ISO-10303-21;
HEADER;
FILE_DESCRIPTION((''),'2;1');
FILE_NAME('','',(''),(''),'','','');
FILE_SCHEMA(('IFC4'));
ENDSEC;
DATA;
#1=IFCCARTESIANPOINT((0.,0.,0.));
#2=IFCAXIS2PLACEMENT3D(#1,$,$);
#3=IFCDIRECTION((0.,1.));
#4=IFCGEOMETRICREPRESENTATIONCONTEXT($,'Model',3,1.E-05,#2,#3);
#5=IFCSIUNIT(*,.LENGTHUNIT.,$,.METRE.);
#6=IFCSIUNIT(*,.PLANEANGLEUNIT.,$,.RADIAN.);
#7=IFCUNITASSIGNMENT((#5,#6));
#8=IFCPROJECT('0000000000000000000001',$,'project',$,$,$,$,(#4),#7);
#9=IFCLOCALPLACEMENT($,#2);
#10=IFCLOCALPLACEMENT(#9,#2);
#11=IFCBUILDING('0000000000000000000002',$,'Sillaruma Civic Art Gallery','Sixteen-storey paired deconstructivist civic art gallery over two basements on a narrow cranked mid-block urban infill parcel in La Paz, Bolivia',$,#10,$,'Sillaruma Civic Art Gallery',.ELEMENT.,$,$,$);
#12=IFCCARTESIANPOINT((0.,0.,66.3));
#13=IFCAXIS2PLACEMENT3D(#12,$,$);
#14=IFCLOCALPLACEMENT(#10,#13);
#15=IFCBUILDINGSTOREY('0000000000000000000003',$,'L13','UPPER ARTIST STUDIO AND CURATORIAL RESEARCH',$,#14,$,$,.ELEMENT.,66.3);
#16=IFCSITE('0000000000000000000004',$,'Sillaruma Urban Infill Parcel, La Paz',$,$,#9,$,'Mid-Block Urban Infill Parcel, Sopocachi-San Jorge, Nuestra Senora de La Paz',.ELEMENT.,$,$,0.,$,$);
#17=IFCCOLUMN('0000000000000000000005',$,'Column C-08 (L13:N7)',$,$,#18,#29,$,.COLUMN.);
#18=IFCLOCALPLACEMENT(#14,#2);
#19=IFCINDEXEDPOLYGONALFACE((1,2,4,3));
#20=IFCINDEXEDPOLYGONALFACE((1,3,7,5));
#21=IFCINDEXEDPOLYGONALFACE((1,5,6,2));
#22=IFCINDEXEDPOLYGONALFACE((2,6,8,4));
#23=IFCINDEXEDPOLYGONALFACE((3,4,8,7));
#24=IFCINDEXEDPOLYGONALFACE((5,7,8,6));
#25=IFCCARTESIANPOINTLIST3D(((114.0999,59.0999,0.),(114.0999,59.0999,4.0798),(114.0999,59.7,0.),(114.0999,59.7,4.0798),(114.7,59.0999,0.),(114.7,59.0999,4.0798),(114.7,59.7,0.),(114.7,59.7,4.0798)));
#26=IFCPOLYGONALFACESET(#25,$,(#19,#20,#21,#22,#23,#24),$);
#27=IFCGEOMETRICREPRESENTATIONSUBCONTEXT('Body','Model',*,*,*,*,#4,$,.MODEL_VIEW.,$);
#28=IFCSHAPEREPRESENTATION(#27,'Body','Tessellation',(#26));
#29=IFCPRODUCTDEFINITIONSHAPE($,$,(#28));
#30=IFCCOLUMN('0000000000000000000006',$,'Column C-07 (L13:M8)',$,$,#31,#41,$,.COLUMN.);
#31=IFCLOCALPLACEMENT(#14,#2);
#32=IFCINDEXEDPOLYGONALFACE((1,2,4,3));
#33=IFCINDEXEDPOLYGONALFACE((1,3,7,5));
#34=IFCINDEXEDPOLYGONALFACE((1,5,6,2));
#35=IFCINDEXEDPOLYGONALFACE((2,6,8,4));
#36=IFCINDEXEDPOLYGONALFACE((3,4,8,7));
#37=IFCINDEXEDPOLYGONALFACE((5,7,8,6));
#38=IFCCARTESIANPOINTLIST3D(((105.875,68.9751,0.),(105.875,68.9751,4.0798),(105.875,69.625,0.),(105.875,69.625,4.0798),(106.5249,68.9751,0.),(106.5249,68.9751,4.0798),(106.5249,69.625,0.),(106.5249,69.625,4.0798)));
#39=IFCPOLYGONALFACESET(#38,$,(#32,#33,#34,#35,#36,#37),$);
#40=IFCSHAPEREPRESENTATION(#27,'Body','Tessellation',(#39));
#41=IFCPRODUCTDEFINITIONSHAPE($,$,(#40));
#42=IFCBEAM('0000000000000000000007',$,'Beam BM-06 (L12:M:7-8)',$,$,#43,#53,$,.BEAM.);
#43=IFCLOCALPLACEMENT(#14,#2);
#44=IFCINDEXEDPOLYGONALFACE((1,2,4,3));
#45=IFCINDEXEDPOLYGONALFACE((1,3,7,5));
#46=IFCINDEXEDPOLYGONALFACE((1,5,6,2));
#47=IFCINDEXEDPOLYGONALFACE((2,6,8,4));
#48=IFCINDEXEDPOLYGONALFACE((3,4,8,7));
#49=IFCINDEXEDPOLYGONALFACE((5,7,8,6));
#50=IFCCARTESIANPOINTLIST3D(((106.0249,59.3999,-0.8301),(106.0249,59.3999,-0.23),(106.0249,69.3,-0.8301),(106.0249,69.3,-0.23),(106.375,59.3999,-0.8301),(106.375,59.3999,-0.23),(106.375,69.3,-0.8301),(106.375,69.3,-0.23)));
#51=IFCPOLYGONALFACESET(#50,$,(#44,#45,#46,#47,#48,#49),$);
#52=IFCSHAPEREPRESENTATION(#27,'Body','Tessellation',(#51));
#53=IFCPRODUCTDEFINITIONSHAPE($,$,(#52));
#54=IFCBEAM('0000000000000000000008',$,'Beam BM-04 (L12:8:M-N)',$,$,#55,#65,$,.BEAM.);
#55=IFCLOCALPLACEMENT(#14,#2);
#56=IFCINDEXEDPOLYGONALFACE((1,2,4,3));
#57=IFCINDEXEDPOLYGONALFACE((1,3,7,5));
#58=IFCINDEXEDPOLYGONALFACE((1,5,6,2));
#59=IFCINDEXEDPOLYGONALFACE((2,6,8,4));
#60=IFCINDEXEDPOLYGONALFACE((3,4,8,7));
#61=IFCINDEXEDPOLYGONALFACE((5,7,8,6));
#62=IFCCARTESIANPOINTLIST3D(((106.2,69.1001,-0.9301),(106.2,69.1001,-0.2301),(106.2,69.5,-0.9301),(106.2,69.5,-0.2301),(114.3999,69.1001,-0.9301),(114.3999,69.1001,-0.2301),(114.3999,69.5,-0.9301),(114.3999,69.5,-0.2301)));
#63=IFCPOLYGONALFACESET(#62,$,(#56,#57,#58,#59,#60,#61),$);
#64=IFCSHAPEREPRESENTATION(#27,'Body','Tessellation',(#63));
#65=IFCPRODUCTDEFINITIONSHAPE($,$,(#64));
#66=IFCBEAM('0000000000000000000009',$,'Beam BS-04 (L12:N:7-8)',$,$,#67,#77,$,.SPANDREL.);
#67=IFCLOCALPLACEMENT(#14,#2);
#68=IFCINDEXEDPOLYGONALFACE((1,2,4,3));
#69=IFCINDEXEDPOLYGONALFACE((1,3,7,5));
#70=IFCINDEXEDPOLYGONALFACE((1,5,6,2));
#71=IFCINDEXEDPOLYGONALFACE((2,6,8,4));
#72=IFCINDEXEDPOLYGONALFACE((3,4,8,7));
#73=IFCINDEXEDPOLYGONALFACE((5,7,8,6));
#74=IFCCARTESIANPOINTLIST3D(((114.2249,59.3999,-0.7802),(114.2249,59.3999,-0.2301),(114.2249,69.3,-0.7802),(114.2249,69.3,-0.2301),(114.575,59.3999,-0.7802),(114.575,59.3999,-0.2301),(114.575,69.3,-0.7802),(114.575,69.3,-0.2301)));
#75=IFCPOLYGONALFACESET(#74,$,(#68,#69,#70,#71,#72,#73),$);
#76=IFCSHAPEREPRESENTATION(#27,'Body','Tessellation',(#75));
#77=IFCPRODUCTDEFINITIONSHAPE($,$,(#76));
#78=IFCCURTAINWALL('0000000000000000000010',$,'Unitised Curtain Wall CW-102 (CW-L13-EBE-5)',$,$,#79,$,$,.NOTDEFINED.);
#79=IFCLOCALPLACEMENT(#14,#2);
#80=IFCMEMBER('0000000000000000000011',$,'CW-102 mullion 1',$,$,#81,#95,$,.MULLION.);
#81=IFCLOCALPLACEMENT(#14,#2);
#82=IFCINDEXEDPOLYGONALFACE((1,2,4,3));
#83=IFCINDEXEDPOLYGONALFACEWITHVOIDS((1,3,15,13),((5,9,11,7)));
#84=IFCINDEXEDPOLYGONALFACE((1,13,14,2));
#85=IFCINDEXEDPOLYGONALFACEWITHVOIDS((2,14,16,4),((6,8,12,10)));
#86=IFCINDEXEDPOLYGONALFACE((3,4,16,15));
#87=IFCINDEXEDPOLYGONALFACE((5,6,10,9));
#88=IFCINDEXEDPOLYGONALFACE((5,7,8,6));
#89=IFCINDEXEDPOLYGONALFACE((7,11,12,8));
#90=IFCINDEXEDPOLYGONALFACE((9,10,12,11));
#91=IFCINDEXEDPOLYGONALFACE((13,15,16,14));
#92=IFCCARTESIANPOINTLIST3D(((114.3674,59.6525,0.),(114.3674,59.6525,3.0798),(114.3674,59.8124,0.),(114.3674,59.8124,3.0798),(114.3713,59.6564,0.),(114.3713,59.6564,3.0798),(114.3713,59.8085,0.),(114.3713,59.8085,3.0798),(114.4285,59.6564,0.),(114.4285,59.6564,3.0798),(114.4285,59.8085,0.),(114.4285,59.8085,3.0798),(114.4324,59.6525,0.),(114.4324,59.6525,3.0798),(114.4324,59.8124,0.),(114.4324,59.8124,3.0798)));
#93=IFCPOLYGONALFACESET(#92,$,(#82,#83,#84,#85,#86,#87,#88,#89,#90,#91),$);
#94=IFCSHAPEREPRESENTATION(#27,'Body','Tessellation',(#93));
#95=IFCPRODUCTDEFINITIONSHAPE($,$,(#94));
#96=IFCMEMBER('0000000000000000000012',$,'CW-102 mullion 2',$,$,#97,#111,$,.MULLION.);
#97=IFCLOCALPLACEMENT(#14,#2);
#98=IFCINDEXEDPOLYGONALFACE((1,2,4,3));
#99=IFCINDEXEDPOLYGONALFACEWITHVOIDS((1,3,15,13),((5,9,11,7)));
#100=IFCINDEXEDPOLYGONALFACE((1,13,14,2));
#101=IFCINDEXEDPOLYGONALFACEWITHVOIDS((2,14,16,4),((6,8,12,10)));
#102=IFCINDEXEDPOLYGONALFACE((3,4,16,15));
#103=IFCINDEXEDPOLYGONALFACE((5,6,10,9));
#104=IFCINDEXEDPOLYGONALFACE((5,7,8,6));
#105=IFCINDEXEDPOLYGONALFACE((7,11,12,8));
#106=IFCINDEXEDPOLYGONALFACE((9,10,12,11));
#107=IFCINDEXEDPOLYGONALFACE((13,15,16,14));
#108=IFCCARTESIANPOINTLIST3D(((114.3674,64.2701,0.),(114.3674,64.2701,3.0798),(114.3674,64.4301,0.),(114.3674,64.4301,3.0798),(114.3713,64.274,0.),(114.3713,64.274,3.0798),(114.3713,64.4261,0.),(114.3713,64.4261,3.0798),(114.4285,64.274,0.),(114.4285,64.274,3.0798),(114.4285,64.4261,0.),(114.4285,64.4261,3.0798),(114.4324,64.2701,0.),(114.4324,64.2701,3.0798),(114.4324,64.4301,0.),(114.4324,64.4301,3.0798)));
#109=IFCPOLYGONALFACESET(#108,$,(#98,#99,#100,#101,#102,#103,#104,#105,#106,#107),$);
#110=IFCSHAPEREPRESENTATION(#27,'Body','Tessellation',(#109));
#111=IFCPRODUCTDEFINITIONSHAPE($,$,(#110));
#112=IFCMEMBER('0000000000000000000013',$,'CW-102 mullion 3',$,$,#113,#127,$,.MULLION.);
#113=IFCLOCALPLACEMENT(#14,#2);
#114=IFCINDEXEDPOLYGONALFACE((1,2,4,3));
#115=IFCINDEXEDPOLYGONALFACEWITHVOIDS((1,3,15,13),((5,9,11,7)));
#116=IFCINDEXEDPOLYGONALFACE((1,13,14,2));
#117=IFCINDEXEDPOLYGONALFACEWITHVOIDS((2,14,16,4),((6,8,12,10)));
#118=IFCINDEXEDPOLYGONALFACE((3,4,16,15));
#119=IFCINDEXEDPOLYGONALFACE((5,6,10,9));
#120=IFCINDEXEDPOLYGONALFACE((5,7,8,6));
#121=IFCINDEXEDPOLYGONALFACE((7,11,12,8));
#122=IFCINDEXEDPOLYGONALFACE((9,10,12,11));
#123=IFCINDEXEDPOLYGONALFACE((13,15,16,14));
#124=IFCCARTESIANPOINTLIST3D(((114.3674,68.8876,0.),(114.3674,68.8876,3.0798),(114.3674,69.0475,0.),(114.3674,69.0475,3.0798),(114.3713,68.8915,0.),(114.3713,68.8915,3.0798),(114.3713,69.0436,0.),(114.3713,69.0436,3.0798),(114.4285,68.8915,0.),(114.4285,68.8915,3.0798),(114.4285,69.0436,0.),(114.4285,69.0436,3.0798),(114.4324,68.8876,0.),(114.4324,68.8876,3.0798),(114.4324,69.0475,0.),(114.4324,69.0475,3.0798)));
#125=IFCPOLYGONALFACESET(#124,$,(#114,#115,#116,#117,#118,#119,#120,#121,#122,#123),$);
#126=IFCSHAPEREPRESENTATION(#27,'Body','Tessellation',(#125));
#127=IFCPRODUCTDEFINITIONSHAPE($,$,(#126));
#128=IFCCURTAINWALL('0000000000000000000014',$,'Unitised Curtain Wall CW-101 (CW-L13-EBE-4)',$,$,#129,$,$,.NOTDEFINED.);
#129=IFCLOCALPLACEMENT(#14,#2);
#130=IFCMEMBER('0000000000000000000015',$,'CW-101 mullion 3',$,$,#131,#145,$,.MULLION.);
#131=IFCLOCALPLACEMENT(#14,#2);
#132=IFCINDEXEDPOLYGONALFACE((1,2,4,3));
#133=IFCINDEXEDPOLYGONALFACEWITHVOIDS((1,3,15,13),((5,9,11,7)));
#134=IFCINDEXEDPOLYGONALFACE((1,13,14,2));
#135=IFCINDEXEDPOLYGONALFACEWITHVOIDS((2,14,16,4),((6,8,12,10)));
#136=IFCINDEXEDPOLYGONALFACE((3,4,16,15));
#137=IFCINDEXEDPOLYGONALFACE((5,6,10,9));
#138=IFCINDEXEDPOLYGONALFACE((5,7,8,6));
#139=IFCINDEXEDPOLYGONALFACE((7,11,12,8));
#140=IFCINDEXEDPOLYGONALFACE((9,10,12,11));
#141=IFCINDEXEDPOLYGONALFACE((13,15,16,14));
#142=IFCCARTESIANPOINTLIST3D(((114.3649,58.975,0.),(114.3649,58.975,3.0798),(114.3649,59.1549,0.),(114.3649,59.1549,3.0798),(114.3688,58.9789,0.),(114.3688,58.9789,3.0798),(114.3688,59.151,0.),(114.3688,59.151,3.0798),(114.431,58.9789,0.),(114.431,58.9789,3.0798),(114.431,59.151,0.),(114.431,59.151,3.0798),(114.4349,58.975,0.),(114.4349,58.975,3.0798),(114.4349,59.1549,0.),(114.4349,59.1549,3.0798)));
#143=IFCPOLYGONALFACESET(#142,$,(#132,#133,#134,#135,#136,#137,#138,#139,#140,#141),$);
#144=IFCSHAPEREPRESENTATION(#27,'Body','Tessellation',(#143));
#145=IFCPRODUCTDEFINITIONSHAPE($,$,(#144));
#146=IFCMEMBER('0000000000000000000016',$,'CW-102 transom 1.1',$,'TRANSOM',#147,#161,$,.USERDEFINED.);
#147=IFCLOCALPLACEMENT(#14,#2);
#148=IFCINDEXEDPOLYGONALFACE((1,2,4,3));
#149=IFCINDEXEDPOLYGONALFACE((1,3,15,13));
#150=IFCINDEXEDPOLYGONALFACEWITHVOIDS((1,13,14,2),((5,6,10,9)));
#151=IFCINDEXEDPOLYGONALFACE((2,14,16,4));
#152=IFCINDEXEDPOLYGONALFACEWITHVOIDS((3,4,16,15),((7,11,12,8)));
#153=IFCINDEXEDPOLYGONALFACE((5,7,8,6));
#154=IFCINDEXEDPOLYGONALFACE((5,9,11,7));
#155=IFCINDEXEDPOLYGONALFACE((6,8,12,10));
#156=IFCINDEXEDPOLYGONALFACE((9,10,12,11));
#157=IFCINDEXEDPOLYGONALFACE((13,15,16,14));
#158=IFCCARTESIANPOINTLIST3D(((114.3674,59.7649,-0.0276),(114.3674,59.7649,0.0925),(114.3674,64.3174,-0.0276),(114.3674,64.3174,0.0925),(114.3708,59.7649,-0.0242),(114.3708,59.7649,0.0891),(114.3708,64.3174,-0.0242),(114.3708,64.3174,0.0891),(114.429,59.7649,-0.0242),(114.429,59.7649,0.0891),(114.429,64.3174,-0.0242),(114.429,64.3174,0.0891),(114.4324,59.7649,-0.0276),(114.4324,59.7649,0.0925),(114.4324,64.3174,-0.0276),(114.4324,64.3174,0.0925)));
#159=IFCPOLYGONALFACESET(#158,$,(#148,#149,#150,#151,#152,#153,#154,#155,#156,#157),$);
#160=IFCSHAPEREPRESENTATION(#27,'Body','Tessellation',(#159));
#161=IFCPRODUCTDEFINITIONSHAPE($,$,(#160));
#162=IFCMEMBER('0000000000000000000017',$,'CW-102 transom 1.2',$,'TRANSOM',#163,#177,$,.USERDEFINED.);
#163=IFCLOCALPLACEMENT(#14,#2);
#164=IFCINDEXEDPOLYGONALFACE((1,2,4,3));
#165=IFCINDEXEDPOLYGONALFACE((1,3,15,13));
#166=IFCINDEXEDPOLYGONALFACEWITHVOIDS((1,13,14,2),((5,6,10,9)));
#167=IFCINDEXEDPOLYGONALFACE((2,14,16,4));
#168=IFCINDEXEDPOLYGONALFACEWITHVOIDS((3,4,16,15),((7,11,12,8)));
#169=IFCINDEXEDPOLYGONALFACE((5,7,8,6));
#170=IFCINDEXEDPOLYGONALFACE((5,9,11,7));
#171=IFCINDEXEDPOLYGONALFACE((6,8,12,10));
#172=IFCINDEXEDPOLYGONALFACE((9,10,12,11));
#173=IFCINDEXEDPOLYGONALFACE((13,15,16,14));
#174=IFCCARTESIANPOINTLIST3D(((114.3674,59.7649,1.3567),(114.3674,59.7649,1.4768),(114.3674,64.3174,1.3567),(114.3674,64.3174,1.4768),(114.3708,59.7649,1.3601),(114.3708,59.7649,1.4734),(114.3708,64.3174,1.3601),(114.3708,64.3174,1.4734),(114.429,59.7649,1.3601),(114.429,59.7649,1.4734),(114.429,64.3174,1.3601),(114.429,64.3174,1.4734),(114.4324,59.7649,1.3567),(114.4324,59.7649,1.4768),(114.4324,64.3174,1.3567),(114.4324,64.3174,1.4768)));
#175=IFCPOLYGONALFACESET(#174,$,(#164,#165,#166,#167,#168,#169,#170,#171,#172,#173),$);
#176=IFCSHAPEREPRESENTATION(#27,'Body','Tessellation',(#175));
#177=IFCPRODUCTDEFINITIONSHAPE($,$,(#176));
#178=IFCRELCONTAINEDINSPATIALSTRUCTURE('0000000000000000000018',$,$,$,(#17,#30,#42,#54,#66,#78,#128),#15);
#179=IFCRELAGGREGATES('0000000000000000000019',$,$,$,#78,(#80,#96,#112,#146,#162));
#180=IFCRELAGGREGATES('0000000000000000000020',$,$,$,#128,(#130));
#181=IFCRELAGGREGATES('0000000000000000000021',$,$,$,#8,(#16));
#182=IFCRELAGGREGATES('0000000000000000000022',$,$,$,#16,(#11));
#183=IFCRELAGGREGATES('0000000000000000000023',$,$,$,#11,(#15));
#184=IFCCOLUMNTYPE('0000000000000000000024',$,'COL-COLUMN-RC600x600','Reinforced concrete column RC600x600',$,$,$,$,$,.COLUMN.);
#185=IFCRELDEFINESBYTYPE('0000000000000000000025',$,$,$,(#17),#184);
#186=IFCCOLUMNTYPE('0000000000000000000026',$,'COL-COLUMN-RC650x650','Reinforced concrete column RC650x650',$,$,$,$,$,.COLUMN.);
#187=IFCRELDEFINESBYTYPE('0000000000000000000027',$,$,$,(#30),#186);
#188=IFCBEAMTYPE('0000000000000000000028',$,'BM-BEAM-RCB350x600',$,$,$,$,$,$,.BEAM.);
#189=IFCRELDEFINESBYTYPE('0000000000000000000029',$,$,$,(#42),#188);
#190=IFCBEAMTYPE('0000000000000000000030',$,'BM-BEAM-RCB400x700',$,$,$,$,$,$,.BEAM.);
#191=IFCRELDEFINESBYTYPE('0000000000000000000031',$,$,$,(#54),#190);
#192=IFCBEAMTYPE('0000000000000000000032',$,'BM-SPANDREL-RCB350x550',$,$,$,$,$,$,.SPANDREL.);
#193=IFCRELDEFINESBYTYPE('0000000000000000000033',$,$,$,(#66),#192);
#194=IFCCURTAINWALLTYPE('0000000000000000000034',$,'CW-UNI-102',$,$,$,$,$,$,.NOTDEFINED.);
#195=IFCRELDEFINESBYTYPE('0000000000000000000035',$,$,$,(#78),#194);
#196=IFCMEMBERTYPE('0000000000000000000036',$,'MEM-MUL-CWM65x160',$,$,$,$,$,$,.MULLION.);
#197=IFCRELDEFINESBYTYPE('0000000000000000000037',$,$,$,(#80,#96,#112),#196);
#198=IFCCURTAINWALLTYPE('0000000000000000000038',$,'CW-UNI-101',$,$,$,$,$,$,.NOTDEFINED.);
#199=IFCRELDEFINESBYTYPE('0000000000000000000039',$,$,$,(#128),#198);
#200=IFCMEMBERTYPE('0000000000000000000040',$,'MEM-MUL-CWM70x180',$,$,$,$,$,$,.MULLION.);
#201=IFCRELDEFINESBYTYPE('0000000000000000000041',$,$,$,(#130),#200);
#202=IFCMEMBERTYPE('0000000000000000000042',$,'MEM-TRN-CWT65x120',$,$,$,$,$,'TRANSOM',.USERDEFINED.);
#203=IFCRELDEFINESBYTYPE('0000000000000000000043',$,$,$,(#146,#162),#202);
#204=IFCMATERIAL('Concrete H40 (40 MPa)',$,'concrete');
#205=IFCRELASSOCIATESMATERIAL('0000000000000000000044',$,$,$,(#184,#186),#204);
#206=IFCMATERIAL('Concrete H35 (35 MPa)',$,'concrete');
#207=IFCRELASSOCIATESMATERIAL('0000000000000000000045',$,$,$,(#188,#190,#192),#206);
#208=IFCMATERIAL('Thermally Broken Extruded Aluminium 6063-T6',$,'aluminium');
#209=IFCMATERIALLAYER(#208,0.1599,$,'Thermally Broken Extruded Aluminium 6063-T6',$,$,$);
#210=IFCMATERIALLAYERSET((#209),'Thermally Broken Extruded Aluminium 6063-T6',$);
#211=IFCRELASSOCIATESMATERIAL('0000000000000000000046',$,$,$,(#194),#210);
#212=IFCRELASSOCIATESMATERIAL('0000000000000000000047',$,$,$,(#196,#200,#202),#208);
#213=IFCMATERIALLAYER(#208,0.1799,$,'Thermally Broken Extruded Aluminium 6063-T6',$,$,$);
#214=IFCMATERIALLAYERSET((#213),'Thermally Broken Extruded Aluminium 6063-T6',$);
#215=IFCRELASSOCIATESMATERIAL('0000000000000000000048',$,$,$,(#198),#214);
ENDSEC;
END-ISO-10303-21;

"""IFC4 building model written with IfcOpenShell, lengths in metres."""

from ifc_helpers import new_model, si_unit, direction, frame, origin, origin_2d, place, context, subcontext, project, spatial, rectangle, hollow_rectangle, extrude, material, layer, layer_set, material_profile, profile_set, type_object, element, aggregate, save


model = new_model("IFC4")

# Units and contexts
model_context = context("Model", 3, precision=1e-05, world=origin(), true_north=direction((0.0, 1.0)))
body_context = subcontext(model_context, "Body", "Model", "MODEL_VIEW")
ifc_project = project(units=[si_unit("LENGTHUNIT", "METRE"), si_unit("PLANEANGLEUNIT", "RADIAN")], contexts=[model_context])

# Site, building, storey
site_placement = place(None, origin())
site = spatial("IfcSite", under=ifc_project, at=site_placement, Name="Sillaruma Urban Infill Parcel, La Paz", LongName="Mid-Block Urban Infill Parcel, Sopocachi-San Jorge, Nuestra Senora de La Paz", CompositionType="ELEMENT", RefElevation=0.0)
building_placement = place(site_placement, origin())
building = spatial("IfcBuilding", under=site, at=building_placement, Name="Sillaruma Civic Art Gallery", Description="Sixteen-storey paired deconstructivist civic art gallery over two basements on a narrow cranked mid-block urban infill parcel in La Paz, Bolivia", LongName="Sillaruma Civic Art Gallery", CompositionType="ELEMENT")
storey_placement = place(building_placement, frame((0.0, 0.0, 66.3)))
storey = spatial("IfcBuildingStorey", under=building, at=storey_placement, Name="L13", Description="UPPER ARTIST STUDIO AND CURATORIAL RESEARCH", CompositionType="ELEMENT", Elevation=66.3)

# Columns
ifc_material_1 = material(Name="Concrete H40 (40 MPa)", Category="concrete")
ifc_material_profile_1 = material_profile(ifc_material_1, rectangle(XDim=0.6001, YDim=0.6001, at=origin_2d()), Name="RC600x600")
ifc_profile_set_1 = profile_set([ifc_material_profile_1], Name="Concrete H40 (40 MPa)")
column_type_1 = type_object("IfcColumnType", Name="COL-COLUMN-RC600x600", Description="Reinforced concrete column RC600x600", PredefinedType="COLUMN", material=ifc_profile_set_1)
column_1_placement = place(storey_placement, frame((114.3999, 59.3999, 0.0), z_axis=(0.0, 0.0, 1.0), x_axis=(1.0, 0.0, 0.0)))
element("IfcColumn", 1, at=column_1_placement, inside=storey, type_object=column_type_1, Name="Column C-08 (L13:N7)", PredefinedType="COLUMN", context=body_context, shape_type="SweptSolid", body=[
    extrude(rectangle(XDim=0.6001, YDim=0.6001, at=origin_2d()), origin(), (0.0, 0.0, 1.0), 4.0798),
])
ifc_material_profile_2 = material_profile(ifc_material_1, rectangle(XDim=0.6499, YDim=0.6499, at=origin_2d()), Name="RC650x650")
ifc_profile_set_2 = profile_set([ifc_material_profile_2], Name="Concrete H40 (40 MPa)")
column_type_2 = type_object("IfcColumnType", Name="COL-COLUMN-RC650x650", Description="Reinforced concrete column RC650x650", PredefinedType="COLUMN", material=ifc_profile_set_2)
column_2_placement = place(storey_placement, frame((106.2, 69.3, 0.0), z_axis=(0.0, 0.0, 1.0), x_axis=(1.0, 0.0, 0.0)))
element("IfcColumn", 2, at=column_2_placement, inside=storey, type_object=column_type_2, Name="Column C-07 (L13:M8)", PredefinedType="COLUMN", context=body_context, shape_type="SweptSolid", body=[
    extrude(rectangle(XDim=0.6499, YDim=0.6499, at=origin_2d()), origin(), (0.0, 0.0, 1.0), 4.0798),
])

# Beams
ifc_material_2 = material(Name="Concrete H35 (35 MPa)", Category="concrete")
ifc_material_profile_3 = material_profile(ifc_material_2, rectangle(XDim=0.3501, YDim=0.6001, at=origin_2d()), Name="RCB350x600")
ifc_profile_set_3 = profile_set([ifc_material_profile_3], Name="Concrete H35 (35 MPa)")
beam_type_1 = type_object("IfcBeamType", Name="BM-BEAM-RCB350x600", PredefinedType="BEAM", material=ifc_profile_set_3)
beam_1_placement = place(storey_placement, frame((106.2, 59.3999, -0.53), z_axis=(0.0, 1.0, 0.0), x_axis=(-1.0, 0.0, 0.0)))
element("IfcBeam", 3, at=beam_1_placement, inside=storey, type_object=beam_type_1, Name="Beam BM-06 (L12:M:7-8)", PredefinedType="BEAM", context=body_context, shape_type="SweptSolid", body=[
    extrude(rectangle(XDim=0.3501, YDim=0.6001, at=origin_2d()), origin(), (0.0, 0.0, 1.0), 9.9001),
])
ifc_material_profile_4 = material_profile(ifc_material_2, rectangle(XDim=0.3999, YDim=0.7, at=origin_2d()), Name="RCB400x700")
ifc_profile_set_4 = profile_set([ifc_material_profile_4], Name="Concrete H35 (35 MPa)")
beam_type_2 = type_object("IfcBeamType", Name="BM-BEAM-RCB400x700", PredefinedType="BEAM", material=ifc_profile_set_4)
beam_2_placement = place(storey_placement, frame((106.2, 69.3, -0.5801), z_axis=(1.0, 0.0, 0.0), x_axis=(0.0, 1.0, 0.0)))
element("IfcBeam", 4, at=beam_2_placement, inside=storey, type_object=beam_type_2, Name="Beam BM-04 (L12:8:M-N)", PredefinedType="BEAM", context=body_context, shape_type="SweptSolid", body=[
    extrude(rectangle(XDim=0.3999, YDim=0.7, at=origin_2d()), origin(), (0.0, 0.0, 1.0), 8.2),
])
ifc_material_profile_5 = material_profile(ifc_material_2, rectangle(XDim=0.3501, YDim=0.55, at=origin_2d()), Name="RCB350x550")
ifc_profile_set_5 = profile_set([ifc_material_profile_5], Name="Concrete H35 (35 MPa)")
beam_type_3 = type_object("IfcBeamType", Name="BM-SPANDREL-RCB350x550", PredefinedType="SPANDREL", material=ifc_profile_set_5)
beam_3_placement = place(storey_placement, frame((114.3999, 59.3999, -0.5051), z_axis=(0.0, 1.0, 0.0), x_axis=(-1.0, 0.0, 0.0)))
element("IfcBeam", 5, at=beam_3_placement, inside=storey, type_object=beam_type_3, Name="Beam BS-04 (L12:N:7-8)", PredefinedType="SPANDREL", context=body_context, shape_type="SweptSolid", body=[
    extrude(rectangle(XDim=0.3501, YDim=0.55, at=origin_2d()), origin(), (0.0, 0.0, 1.0), 9.9001),
])

# Curtain wall, members
ifc_material_3 = material(Name="Thermally Broken Extruded Aluminium 6063-T6", Category="aluminium")
ifc_layer_1 = layer(ifc_material_3, 0.1599, Name="Thermally Broken Extruded Aluminium 6063-T6")
ifc_layer_set_1 = layer_set([ifc_layer_1], Name="Thermally Broken Extruded Aluminium 6063-T6")
curtain_wall_type_1 = type_object("IfcCurtainWallType", Name="CW-UNI-102", PredefinedType="NOTDEFINED", material=ifc_layer_set_1)
curtain_wall_1_placement = place(storey_placement, origin())
curtain_wall_1 = element("IfcCurtainWall", 6, at=curtain_wall_1_placement, inside=storey, type_object=curtain_wall_type_1, Name="Unitised Curtain Wall CW-102 (CW-L13-EBE-5)", PredefinedType="NOTDEFINED")
ifc_material_profile_6 = material_profile(ifc_material_3, hollow_rectangle(XDim=0.0649, YDim=0.1599, WallThickness=0.0039, at=origin_2d()), Name="CWM65x160")
ifc_profile_set_6 = profile_set([ifc_material_profile_6], Name="Thermally Broken Extruded Aluminium 6063-T6")
member_type_1 = type_object("IfcMemberType", Name="MEM-MUL-CWM65x160", PredefinedType="MULLION", material=ifc_profile_set_6)
member_1_placement = place(storey_placement, frame((114.3999, 59.7324, 0.0), z_axis=(0.0, 0.0, 1.0), x_axis=(-1.0, 0.0, 0.0)))
member_1 = element("IfcMember", 7, at=member_1_placement, type_object=member_type_1, Name="CW-102 mullion 1", PredefinedType="MULLION", context=body_context, shape_type="SweptSolid", body=[
    extrude(hollow_rectangle(XDim=0.0649, YDim=0.1599, WallThickness=0.0039, at=origin_2d()), origin(), (0.0, 0.0, 1.0), 3.0798),
])
member_2_placement = place(storey_placement, frame((114.3999, 64.3501, 0.0), z_axis=(0.0, 0.0, 1.0), x_axis=(-1.0, 0.0, 0.0)))
member_2 = element("IfcMember", 8, at=member_2_placement, type_object=member_type_1, Name="CW-102 mullion 2", PredefinedType="MULLION", context=body_context, shape_type="SweptSolid", body=[
    extrude(hollow_rectangle(XDim=0.0649, YDim=0.1599, WallThickness=0.0039, at=origin_2d()), origin(), (0.0, 0.0, 1.0), 3.0798),
])
member_3_placement = place(storey_placement, frame((114.3999, 68.9675, 0.0), z_axis=(0.0, 0.0, 1.0), x_axis=(-1.0, 0.0, 0.0)))
member_3 = element("IfcMember", 9, at=member_3_placement, type_object=member_type_1, Name="CW-102 mullion 3", PredefinedType="MULLION", context=body_context, shape_type="SweptSolid", body=[
    extrude(hollow_rectangle(XDim=0.0649, YDim=0.1599, WallThickness=0.0039, at=origin_2d()), origin(), (0.0, 0.0, 1.0), 3.0798),
])

# Curtain wall, member
ifc_layer_2 = layer(ifc_material_3, 0.1799, Name="Thermally Broken Extruded Aluminium 6063-T6")
ifc_layer_set_2 = layer_set([ifc_layer_2], Name="Thermally Broken Extruded Aluminium 6063-T6")
curtain_wall_type_2 = type_object("IfcCurtainWallType", Name="CW-UNI-101", PredefinedType="NOTDEFINED", material=ifc_layer_set_2)
curtain_wall_2_placement = place(storey_placement, origin())
curtain_wall_2 = element("IfcCurtainWall", 10, at=curtain_wall_2_placement, inside=storey, type_object=curtain_wall_type_2, Name="Unitised Curtain Wall CW-101 (CW-L13-EBE-4)", PredefinedType="NOTDEFINED")
ifc_material_profile_7 = material_profile(ifc_material_3, hollow_rectangle(XDim=0.0701, YDim=0.1799, WallThickness=0.0039, at=origin_2d()), Name="CWM70x180")
ifc_profile_set_7 = profile_set([ifc_material_profile_7], Name="Thermally Broken Extruded Aluminium 6063-T6")
member_type_2 = type_object("IfcMemberType", Name="MEM-MUL-CWM70x180", PredefinedType="MULLION", material=ifc_profile_set_7)
member_4_placement = place(storey_placement, frame((114.3999, 59.0649, 0.0), z_axis=(0.0, 0.0, 1.0), x_axis=(-1.0, 0.0, 0.0)))
member_4 = element("IfcMember", 11, at=member_4_placement, type_object=member_type_2, Name="CW-101 mullion 3", PredefinedType="MULLION", context=body_context, shape_type="SweptSolid", body=[
    extrude(hollow_rectangle(XDim=0.0701, YDim=0.1799, WallThickness=0.0039, at=origin_2d()), origin(), (0.0, 0.0, 1.0), 3.0798),
])

# Members
ifc_material_profile_8 = material_profile(ifc_material_3, hollow_rectangle(XDim=0.0649, YDim=0.1201, WallThickness=0.0034, at=origin_2d()), Name="CWT65x120")
ifc_profile_set_8 = profile_set([ifc_material_profile_8], Name="Thermally Broken Extruded Aluminium 6063-T6")
member_type_3 = type_object("IfcMemberType", Name="MEM-TRN-CWT65x120", ElementType="TRANSOM", PredefinedType="USERDEFINED", material=ifc_profile_set_8)
member_5_placement = place(storey_placement, frame((114.3999, 59.7649, 0.0325), z_axis=(0.0, 1.0, 0.0), x_axis=(-1.0, 0.0, 0.0)))
member_5 = element("IfcMember", 12, at=member_5_placement, type_object=member_type_3, Name="CW-102 transom 1.1", ObjectType="TRANSOM", PredefinedType="USERDEFINED", context=body_context, shape_type="SweptSolid", body=[
    extrude(hollow_rectangle(XDim=0.0649, YDim=0.1201, WallThickness=0.0034, at=origin_2d()), origin(), (0.0, 0.0, 1.0), 4.5525),
])
member_6_placement = place(storey_placement, frame((114.3999, 59.7649, 1.4167), z_axis=(0.0, 1.0, 0.0), x_axis=(-1.0, 0.0, 0.0)))
member_6 = element("IfcMember", 13, at=member_6_placement, type_object=member_type_3, Name="CW-102 transom 1.2", ObjectType="TRANSOM", PredefinedType="USERDEFINED", context=body_context, shape_type="SweptSolid", body=[
    extrude(hollow_rectangle(XDim=0.0649, YDim=0.1201, WallThickness=0.0034, at=origin_2d()), origin(), (0.0, 0.0, 1.0), 4.5525),
])

aggregate(curtain_wall_1, [member_1, member_2, member_3, member_5, member_6])
aggregate(curtain_wall_2, [member_4])

save(model, "model.ifc")
